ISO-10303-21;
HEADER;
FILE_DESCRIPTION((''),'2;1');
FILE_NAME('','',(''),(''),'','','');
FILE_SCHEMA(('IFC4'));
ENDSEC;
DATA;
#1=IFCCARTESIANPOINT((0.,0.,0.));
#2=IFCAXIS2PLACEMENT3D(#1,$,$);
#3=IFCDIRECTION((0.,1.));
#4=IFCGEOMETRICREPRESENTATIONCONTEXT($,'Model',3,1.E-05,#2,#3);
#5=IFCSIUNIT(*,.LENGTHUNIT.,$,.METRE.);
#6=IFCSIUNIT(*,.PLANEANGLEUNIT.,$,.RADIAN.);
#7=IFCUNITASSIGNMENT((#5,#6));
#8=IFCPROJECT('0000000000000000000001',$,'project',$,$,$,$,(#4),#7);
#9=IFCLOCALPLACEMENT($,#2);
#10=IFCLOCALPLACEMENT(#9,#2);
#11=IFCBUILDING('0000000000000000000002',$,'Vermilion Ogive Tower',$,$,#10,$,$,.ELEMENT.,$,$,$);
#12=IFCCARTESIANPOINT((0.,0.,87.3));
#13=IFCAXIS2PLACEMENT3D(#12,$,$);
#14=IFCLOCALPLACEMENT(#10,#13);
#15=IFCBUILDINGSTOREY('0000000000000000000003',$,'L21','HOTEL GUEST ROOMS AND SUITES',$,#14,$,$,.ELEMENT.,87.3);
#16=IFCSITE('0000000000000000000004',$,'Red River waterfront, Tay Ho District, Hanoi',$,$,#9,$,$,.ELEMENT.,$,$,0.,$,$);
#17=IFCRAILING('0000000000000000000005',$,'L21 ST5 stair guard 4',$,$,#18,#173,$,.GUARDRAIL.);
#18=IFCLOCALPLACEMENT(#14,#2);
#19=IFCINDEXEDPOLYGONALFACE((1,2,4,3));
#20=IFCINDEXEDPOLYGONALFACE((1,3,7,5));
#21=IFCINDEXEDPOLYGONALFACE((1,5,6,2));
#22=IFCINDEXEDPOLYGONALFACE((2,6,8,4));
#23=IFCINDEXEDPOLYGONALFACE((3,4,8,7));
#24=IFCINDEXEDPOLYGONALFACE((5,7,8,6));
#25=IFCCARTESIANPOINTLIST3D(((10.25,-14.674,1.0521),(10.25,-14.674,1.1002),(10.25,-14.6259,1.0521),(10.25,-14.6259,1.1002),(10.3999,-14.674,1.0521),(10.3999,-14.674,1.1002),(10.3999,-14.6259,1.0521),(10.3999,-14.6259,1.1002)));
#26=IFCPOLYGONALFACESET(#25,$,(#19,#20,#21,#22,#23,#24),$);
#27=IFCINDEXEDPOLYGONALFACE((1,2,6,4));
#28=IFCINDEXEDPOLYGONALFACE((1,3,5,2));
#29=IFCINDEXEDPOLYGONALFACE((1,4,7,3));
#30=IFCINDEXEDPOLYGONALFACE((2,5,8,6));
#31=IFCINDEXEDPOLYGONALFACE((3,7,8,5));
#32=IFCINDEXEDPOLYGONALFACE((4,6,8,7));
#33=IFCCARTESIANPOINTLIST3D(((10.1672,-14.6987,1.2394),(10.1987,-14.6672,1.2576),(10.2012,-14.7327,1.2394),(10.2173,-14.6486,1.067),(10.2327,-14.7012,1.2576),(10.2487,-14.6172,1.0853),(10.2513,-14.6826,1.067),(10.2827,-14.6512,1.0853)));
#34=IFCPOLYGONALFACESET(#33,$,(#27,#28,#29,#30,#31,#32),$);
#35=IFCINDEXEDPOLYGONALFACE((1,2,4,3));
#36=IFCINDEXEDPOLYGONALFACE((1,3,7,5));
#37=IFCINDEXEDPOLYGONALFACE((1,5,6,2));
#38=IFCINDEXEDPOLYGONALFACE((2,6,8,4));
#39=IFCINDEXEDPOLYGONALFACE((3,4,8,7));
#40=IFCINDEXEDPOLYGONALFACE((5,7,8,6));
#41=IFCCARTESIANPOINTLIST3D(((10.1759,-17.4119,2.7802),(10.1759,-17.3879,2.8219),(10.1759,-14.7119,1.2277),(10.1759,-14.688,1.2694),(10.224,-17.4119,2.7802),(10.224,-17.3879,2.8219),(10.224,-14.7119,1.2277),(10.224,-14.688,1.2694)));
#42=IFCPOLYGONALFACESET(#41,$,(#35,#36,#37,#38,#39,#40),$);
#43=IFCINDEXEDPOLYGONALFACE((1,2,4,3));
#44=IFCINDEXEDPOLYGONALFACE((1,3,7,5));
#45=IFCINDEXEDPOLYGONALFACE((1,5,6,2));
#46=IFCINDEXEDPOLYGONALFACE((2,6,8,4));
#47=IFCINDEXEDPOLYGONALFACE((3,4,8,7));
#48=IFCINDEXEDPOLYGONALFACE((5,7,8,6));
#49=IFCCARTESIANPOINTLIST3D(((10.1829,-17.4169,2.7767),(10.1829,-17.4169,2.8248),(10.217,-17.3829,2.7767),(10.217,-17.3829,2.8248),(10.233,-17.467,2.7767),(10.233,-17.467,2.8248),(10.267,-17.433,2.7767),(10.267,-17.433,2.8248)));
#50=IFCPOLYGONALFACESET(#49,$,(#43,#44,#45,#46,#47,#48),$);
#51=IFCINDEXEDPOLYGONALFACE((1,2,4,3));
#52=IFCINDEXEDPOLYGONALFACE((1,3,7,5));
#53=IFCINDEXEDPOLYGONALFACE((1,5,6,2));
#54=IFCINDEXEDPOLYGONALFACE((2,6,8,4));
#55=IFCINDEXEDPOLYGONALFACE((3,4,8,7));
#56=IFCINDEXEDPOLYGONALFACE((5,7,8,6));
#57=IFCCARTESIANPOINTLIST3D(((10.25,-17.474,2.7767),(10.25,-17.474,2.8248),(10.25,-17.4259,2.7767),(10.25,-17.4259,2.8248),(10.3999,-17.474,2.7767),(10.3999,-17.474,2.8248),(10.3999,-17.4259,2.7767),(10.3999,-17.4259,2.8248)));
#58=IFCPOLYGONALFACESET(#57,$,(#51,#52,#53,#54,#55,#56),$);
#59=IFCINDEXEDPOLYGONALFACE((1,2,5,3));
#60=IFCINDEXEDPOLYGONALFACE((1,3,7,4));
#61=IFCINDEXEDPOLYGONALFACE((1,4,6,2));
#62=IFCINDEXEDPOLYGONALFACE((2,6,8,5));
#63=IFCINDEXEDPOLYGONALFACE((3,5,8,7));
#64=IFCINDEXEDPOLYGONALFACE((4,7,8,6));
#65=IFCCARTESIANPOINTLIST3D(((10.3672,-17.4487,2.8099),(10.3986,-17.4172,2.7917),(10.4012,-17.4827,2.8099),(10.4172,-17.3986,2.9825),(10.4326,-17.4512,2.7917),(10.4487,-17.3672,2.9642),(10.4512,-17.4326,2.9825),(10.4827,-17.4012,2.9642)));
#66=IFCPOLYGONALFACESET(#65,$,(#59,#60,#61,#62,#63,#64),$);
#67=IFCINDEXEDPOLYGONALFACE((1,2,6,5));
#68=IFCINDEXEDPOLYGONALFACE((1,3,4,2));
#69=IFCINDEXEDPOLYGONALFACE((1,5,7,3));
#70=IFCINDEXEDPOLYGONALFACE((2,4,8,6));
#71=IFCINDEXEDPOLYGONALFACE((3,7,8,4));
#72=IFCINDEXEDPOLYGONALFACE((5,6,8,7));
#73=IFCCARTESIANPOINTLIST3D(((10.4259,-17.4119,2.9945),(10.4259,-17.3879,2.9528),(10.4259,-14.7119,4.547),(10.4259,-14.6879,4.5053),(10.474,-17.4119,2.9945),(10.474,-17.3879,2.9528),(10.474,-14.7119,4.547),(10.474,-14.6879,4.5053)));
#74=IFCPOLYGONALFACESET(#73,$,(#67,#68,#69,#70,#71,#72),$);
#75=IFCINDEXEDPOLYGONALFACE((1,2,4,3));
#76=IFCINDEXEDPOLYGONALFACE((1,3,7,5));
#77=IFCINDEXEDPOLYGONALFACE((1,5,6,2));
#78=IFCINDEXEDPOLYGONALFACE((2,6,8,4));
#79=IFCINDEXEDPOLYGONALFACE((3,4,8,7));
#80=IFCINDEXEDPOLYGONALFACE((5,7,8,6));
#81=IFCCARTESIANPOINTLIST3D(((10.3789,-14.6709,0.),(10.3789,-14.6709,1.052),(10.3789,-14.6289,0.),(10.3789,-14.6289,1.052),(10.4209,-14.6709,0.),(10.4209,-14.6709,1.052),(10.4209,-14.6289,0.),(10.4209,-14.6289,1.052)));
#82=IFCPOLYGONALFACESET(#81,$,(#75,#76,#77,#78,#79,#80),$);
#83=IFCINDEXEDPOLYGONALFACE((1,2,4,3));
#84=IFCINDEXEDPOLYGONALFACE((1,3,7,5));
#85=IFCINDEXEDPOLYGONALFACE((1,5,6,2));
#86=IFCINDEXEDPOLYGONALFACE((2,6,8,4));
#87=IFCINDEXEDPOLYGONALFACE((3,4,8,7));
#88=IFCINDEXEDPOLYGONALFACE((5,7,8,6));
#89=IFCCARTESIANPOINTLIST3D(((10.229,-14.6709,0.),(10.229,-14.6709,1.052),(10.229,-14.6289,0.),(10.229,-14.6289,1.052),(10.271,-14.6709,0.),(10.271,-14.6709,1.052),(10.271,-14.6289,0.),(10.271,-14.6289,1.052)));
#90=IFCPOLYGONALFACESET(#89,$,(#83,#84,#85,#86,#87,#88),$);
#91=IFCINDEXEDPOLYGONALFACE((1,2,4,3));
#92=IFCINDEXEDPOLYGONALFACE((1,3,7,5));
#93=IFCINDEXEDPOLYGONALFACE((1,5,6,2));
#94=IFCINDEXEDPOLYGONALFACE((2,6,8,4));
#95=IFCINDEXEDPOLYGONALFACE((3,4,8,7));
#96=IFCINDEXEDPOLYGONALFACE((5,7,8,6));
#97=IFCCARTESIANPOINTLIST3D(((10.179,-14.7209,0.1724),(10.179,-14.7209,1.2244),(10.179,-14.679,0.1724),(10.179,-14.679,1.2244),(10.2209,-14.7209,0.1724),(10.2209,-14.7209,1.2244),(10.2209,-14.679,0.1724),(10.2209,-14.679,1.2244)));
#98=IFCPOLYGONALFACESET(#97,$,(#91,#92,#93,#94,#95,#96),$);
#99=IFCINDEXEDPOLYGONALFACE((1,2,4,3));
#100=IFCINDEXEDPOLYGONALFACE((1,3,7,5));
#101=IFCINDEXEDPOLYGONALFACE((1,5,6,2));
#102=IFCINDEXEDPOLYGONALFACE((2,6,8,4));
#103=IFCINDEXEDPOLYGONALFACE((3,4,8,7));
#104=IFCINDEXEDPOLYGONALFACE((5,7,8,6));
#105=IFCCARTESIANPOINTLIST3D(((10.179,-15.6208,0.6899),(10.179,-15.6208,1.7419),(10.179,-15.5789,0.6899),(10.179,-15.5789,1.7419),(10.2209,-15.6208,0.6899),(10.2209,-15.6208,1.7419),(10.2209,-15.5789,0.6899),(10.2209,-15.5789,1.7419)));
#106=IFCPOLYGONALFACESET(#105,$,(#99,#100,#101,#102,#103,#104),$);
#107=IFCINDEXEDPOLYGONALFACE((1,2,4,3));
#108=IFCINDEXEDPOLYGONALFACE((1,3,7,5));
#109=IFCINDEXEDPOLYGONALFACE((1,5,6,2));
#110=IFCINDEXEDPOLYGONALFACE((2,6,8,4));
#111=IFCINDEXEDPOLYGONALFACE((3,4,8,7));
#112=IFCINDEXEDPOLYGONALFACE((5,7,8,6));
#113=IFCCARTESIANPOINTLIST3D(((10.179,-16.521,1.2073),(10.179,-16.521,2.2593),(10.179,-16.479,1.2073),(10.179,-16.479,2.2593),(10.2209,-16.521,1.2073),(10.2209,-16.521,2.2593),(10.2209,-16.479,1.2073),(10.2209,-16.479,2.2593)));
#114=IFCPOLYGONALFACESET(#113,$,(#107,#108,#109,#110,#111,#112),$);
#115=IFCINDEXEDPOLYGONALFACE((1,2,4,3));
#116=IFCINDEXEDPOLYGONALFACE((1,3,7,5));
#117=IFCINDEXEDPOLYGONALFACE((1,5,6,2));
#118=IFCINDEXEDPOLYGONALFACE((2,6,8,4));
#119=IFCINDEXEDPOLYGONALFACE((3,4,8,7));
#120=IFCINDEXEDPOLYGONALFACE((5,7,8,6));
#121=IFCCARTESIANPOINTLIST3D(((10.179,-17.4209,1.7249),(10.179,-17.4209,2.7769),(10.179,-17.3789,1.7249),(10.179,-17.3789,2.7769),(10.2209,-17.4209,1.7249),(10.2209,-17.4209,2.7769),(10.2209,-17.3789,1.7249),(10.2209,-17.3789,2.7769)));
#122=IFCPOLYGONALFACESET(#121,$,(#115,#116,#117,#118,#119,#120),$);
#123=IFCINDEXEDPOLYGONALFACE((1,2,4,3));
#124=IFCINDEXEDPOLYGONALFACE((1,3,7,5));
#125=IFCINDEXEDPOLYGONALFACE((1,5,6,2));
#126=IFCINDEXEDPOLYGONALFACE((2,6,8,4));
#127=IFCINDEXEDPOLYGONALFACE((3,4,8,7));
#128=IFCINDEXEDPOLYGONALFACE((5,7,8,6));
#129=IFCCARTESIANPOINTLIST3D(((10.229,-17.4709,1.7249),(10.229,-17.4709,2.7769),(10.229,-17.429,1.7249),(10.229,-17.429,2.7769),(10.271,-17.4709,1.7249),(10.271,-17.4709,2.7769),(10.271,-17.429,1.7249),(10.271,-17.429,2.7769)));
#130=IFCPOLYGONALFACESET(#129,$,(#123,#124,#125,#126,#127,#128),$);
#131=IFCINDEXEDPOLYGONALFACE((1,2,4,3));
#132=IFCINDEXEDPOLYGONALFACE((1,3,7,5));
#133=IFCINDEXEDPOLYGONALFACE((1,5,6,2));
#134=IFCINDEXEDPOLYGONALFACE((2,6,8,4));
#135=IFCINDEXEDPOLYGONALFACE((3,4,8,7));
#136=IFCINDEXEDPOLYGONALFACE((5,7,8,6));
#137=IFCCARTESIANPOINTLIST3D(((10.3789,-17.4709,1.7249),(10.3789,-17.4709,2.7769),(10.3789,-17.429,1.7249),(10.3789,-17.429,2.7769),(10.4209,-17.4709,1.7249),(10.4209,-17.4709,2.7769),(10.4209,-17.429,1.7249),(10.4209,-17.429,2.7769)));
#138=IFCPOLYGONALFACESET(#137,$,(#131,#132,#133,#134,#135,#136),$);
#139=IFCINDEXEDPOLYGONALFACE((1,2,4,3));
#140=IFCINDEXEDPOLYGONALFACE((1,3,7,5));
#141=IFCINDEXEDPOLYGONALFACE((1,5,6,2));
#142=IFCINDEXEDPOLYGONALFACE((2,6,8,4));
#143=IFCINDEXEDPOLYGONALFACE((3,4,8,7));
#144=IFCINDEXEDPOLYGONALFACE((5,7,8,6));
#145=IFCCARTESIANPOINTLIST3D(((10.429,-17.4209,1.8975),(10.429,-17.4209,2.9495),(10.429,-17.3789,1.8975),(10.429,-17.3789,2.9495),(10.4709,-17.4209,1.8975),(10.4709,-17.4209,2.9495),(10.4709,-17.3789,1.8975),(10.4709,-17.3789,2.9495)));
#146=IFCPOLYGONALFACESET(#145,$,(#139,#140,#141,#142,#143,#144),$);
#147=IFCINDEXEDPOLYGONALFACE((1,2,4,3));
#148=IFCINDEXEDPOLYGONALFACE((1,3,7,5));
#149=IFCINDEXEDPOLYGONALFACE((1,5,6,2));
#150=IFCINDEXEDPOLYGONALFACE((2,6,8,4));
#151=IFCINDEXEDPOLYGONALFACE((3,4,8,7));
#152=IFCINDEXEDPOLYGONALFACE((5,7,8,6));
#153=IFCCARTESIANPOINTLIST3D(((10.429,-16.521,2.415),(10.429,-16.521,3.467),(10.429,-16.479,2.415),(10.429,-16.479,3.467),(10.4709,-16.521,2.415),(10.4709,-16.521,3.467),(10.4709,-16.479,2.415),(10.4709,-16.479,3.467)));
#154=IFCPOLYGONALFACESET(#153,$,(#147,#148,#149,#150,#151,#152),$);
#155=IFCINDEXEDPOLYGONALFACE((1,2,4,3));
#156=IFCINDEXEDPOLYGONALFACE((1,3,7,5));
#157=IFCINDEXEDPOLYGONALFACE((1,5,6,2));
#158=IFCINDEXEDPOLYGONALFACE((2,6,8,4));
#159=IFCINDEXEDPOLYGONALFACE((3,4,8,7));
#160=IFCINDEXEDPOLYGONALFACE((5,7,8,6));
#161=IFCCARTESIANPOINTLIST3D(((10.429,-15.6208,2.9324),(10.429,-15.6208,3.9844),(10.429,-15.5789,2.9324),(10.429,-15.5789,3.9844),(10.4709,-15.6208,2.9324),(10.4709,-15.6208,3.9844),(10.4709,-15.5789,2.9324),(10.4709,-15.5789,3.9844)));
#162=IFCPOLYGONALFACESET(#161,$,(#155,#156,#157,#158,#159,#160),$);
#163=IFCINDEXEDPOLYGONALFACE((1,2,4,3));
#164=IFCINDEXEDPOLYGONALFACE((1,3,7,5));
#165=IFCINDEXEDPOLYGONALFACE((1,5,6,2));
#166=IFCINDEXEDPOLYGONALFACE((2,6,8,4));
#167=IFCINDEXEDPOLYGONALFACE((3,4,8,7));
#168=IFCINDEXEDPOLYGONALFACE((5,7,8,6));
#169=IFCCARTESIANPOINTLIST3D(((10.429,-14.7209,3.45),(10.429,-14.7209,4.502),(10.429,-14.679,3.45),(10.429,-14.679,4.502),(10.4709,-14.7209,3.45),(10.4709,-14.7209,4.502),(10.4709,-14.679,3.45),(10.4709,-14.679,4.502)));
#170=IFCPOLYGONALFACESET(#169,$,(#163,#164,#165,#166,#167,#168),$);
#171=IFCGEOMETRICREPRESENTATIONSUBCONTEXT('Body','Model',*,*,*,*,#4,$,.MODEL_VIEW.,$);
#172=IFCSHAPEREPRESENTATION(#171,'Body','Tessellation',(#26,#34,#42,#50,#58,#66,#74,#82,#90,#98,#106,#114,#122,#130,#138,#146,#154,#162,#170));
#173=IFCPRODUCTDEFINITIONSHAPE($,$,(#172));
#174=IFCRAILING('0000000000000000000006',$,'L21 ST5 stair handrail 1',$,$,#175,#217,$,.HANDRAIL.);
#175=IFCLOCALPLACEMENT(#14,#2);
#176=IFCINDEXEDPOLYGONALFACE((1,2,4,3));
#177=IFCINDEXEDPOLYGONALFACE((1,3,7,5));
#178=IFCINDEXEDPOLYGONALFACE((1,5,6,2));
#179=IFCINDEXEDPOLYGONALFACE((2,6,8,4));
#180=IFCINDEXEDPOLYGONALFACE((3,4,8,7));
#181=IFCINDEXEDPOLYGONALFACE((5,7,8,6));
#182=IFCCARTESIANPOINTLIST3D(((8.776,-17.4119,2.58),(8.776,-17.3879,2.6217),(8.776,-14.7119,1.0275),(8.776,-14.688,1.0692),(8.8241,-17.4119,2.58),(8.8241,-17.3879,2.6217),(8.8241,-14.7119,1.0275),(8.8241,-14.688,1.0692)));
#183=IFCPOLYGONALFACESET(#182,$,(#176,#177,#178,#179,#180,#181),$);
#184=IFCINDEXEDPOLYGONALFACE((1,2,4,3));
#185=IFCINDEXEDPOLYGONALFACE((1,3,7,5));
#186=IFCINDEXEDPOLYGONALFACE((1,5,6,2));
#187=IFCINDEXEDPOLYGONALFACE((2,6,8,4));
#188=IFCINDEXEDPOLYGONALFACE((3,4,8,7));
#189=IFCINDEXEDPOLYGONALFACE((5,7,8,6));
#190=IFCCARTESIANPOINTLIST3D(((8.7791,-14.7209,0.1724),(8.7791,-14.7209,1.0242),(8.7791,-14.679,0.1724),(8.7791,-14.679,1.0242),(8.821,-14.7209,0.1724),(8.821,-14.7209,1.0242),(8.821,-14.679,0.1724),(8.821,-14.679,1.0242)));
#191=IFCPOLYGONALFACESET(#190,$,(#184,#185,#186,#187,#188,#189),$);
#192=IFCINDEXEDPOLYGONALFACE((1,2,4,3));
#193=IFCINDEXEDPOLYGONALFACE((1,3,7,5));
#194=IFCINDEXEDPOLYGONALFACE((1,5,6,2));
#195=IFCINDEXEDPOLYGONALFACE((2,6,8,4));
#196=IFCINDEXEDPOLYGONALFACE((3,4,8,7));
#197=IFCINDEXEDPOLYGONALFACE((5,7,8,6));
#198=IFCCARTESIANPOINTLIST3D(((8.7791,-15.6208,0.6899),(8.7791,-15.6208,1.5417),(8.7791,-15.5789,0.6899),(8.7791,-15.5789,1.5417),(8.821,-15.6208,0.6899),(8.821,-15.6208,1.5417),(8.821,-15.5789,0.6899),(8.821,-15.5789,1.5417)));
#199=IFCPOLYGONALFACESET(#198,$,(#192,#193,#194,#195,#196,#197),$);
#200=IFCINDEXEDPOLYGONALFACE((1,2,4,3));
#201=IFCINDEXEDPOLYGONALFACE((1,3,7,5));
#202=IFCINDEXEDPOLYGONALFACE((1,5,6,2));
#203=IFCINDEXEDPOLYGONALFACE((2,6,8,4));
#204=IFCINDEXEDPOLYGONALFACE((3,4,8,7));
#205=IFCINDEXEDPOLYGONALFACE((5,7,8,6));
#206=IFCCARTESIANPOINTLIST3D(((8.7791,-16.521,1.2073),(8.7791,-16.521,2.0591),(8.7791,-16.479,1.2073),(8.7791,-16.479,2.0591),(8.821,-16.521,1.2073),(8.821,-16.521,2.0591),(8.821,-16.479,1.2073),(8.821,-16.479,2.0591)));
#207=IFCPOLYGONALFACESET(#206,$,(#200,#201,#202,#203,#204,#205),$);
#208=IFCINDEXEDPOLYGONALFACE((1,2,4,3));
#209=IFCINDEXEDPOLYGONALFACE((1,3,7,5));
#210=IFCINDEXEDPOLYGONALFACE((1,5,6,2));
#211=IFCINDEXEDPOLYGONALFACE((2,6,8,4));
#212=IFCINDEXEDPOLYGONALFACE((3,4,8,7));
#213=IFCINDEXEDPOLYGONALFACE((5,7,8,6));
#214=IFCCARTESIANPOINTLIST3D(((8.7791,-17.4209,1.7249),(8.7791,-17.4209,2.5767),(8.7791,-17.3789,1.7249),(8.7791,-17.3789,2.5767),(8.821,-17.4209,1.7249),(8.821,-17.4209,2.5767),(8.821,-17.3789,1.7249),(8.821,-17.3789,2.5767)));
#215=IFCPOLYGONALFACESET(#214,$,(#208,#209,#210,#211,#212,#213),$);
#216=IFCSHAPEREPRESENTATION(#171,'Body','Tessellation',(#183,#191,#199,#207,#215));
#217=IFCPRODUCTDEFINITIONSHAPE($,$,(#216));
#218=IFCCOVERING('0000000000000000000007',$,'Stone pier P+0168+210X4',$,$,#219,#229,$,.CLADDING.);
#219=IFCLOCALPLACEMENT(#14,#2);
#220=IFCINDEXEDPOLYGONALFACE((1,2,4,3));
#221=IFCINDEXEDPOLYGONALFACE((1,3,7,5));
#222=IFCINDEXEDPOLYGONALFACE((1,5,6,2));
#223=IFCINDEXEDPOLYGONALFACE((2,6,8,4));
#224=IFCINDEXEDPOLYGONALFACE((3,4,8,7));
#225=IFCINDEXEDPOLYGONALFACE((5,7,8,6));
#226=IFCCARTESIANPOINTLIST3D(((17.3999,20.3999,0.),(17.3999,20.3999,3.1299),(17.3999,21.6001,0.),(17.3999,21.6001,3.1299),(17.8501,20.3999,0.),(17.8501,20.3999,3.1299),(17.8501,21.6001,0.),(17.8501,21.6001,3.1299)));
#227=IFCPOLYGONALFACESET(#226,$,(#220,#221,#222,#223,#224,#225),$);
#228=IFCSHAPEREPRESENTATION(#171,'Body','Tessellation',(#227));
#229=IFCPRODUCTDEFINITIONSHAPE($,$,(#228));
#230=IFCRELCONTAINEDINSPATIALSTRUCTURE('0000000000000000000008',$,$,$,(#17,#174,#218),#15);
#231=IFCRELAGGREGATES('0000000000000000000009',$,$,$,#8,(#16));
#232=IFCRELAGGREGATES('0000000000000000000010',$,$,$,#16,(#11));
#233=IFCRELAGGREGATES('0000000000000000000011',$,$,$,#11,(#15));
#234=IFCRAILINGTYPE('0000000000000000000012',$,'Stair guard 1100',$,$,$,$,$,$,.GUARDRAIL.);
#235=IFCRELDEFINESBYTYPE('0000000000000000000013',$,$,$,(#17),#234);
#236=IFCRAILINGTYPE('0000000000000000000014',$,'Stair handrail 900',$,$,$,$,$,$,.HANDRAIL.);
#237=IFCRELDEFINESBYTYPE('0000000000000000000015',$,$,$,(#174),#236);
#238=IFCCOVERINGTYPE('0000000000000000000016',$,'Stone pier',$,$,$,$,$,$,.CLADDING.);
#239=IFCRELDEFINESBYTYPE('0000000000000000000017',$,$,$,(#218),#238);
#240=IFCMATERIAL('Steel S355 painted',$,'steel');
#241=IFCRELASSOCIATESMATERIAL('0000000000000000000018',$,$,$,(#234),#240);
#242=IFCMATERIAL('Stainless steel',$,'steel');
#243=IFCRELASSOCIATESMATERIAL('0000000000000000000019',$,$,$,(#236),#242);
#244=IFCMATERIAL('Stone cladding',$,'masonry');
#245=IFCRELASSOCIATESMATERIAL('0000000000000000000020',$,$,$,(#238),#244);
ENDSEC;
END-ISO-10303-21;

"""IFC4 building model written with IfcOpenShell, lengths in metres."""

from ifc_helpers import new_model, si_unit, direction, frame, origin, origin_2d, place, context, subcontext, project, spatial, polyline, rectangle, outline, extrude, material, type_object, element, save


model = new_model("IFC4")

# Units and contexts
model_context = context("Model", 3, precision=1e-05, world=origin(), true_north=direction((0.0, 1.0)))
body_context = subcontext(model_context, "Body", "Model", "MODEL_VIEW")
ifc_project = project(units=[si_unit("LENGTHUNIT", "METRE"), si_unit("PLANEANGLEUNIT", "RADIAN")], contexts=[model_context])

# Site, building, storey
site_placement = place(None, origin())
site = spatial("IfcSite", under=ifc_project, at=site_placement, Name="Red River waterfront, Tay Ho District, Hanoi", CompositionType="ELEMENT", RefElevation=0.0)
building_placement = place(site_placement, origin())
building = spatial("IfcBuilding", under=site, at=building_placement, Name="Vermilion Ogive Tower", CompositionType="ELEMENT")
storey_placement = place(building_placement, frame((0.0, 0.0, 87.3)))
storey = spatial("IfcBuildingStorey", under=building, at=storey_placement, Name="L21", Description="HOTEL GUEST ROOMS AND SUITES", CompositionType="ELEMENT", Elevation=87.3)

# Railings
ifc_material_1 = material(Name="Steel S355 painted", Category="steel")
railing_type_1 = type_object("IfcRailingType", Name="Stair guard 1100", PredefinedType="GUARDRAIL", material=ifc_material_1)
railing_1_placement = place(storey_placement, frame((10.3999, -14.6499, 0.0)))
element("IfcRailing", 1, at=railing_1_placement, inside=storey, type_object=railing_type_1, Name="L21 ST5 stair guard 4", PredefinedType="GUARDRAIL", context=body_context, shape_type="SweptSolid", body=[
    extrude(rectangle(XDim=0.0481, YDim=0.0481, at=origin_2d()), frame((0.0, 0.0, 1.0762), z_axis=(-1.0, 0.0, 0.0), x_axis=(0.0, -1.0, 0.0)), (0.0, 0.0, 1.0), 0.1499),
    extrude(rectangle(XDim=0.0481, YDim=0.0481, at=origin_2d()), frame((-0.1499, 0.0, 1.0762), z_axis=(-0.268603, -0.268603, 0.925043), x_axis=(0.707107, -0.707107, 0.0)), (0.0, 0.0, 1.0), 0.1863),
    extrude(rectangle(XDim=0.0481, YDim=0.0481, at=origin_2d()), frame((-0.2, -0.05, 1.2485), z_axis=(0.0, -0.866904, 0.498476), x_axis=(1.0, 0.0, 0.0)), (0.0, 0.0, 1.0), 3.1145),
    extrude(rectangle(XDim=0.0481, YDim=0.0481, at=origin_2d()), frame((-0.2, -2.75, 2.8008), z_axis=(0.707107, -0.707107, 0.0), x_axis=(0.707107, 0.707107, 0.0)), (0.0, 0.0, 1.0), 0.0708),
    extrude(rectangle(XDim=0.0481, YDim=0.0481, at=origin_2d()), frame((-0.1499, -2.8, 2.8008), z_axis=(1.0, 0.0, 0.0), x_axis=(0.0, 1.0, 0.0)), (0.0, 0.0, 1.0), 0.1499),
    extrude(rectangle(XDim=0.0481, YDim=0.0481, at=origin_2d()), frame((0.0, -2.8, 2.8008), z_axis=(0.268278, 0.268278, 0.925232), x_axis=(-0.707107, 0.707107, 0.0)), (0.0, 0.0, 1.0), 0.1865),
    extrude(rectangle(XDim=0.0481, YDim=0.0481, at=origin_2d()), frame((0.05, -2.75, 2.9736), z_axis=(0.0, 0.866904, 0.498476), x_axis=(-1.0, 0.0, 0.0)), (0.0, 0.0, 1.0), 3.1145),
    extrude(rectangle(XDim=0.042, YDim=0.042, at=origin_2d()), origin(), (0.0, 0.0, 1.0), 1.052),
    extrude(rectangle(XDim=0.042, YDim=0.042, at=origin_2d()), frame((-0.1499, 0.0, 0.0)), (0.0, 0.0, 1.0), 1.052),
    extrude(rectangle(XDim=0.042, YDim=0.042, at=origin_2d()), frame((-0.2, -0.05, 0.1724)), (0.0, 0.0, 1.0), 1.052),
    extrude(rectangle(XDim=0.042, YDim=0.042, at=origin_2d()), frame((-0.2, -0.95, 0.6899)), (0.0, 0.0, 1.0), 1.052),
    extrude(rectangle(XDim=0.042, YDim=0.042, at=origin_2d()), frame((-0.2, -1.8501, 1.2073)), (0.0, 0.0, 1.0), 1.052),
    extrude(rectangle(XDim=0.042, YDim=0.042, at=origin_2d()), frame((-0.2, -2.75, 1.7249)), (0.0, 0.0, 1.0), 1.052),
    extrude(rectangle(XDim=0.042, YDim=0.042, at=origin_2d()), frame((-0.1499, -2.8, 1.7249)), (0.0, 0.0, 1.0), 1.052),
    extrude(rectangle(XDim=0.042, YDim=0.042, at=origin_2d()), frame((0.0, -2.8, 1.7249)), (0.0, 0.0, 1.0), 1.052),
    extrude(rectangle(XDim=0.042, YDim=0.042, at=origin_2d()), frame((0.05, -2.75, 1.8975)), (0.0, 0.0, 1.0), 1.052),
    extrude(rectangle(XDim=0.042, YDim=0.042, at=origin_2d()), frame((0.05, -1.8501, 2.415)), (0.0, 0.0, 1.0), 1.052),
    extrude(rectangle(XDim=0.042, YDim=0.042, at=origin_2d()), frame((0.05, -0.95, 2.9324)), (0.0, 0.0, 1.0), 1.052),
    extrude(rectangle(XDim=0.042, YDim=0.042, at=origin_2d()), frame((0.05, -0.05, 3.45)), (0.0, 0.0, 1.0), 1.052),
])
ifc_material_2 = material(Name="Stainless steel", Category="steel")
railing_type_2 = type_object("IfcRailingType", Name="Stair handrail 900", PredefinedType="HANDRAIL", material=ifc_material_2)
railing_2_placement = place(storey_placement, frame((8.8, -14.7, 0.1724)))
element("IfcRailing", 2, at=railing_2_placement, inside=storey, type_object=railing_type_2, Name="L21 ST5 stair handrail 1", PredefinedType="HANDRAIL", context=body_context, shape_type="SweptSolid", body=[
    extrude(rectangle(XDim=0.0481, YDim=0.0481, at=origin_2d()), frame((0.0, 0.0, 0.876), z_axis=(0.0, -0.866904, 0.498476), x_axis=(1.0, 0.0, 0.0)), (0.0, 0.0, 1.0), 3.1145),
    extrude(rectangle(XDim=0.042, YDim=0.042, at=origin_2d()), origin(), (0.0, 0.0, 1.0), 0.8518),
    extrude(rectangle(XDim=0.042, YDim=0.042, at=origin_2d()), frame((0.0, -0.8999, 0.5176)), (0.0, 0.0, 1.0), 0.8518),
    extrude(rectangle(XDim=0.042, YDim=0.042, at=origin_2d()), frame((0.0, -1.8, 1.0349)), (0.0, 0.0, 1.0), 0.8518),
    extrude(rectangle(XDim=0.042, YDim=0.042, at=origin_2d()), frame((0.0, -2.7, 1.5525)), (0.0, 0.0, 1.0), 0.8518),
])

# Covering
ifc_material_3 = material(Name="Stone cladding", Category="masonry")
covering_type = type_object("IfcCoveringType", Name="Stone pier", PredefinedType="CLADDING", material=ifc_material_3)
covering_1_placement = place(storey_placement, origin())
element("IfcCovering", 3, at=covering_1_placement, inside=storey, type_object=covering_type, Name="Stone pier P+0168+210X4", PredefinedType="CLADDING", context=body_context, shape_type="SweptSolid", body=[
    extrude(outline(polyline([(17.8501, 21.6001), (17.8501, 20.3999), (17.3999, 20.3999), (17.3999, 21.6001), (17.8501, 21.6001)])), origin(), (0.0, 0.0, 1.0), 3.1299),
])

save(model, "model.ifc")
